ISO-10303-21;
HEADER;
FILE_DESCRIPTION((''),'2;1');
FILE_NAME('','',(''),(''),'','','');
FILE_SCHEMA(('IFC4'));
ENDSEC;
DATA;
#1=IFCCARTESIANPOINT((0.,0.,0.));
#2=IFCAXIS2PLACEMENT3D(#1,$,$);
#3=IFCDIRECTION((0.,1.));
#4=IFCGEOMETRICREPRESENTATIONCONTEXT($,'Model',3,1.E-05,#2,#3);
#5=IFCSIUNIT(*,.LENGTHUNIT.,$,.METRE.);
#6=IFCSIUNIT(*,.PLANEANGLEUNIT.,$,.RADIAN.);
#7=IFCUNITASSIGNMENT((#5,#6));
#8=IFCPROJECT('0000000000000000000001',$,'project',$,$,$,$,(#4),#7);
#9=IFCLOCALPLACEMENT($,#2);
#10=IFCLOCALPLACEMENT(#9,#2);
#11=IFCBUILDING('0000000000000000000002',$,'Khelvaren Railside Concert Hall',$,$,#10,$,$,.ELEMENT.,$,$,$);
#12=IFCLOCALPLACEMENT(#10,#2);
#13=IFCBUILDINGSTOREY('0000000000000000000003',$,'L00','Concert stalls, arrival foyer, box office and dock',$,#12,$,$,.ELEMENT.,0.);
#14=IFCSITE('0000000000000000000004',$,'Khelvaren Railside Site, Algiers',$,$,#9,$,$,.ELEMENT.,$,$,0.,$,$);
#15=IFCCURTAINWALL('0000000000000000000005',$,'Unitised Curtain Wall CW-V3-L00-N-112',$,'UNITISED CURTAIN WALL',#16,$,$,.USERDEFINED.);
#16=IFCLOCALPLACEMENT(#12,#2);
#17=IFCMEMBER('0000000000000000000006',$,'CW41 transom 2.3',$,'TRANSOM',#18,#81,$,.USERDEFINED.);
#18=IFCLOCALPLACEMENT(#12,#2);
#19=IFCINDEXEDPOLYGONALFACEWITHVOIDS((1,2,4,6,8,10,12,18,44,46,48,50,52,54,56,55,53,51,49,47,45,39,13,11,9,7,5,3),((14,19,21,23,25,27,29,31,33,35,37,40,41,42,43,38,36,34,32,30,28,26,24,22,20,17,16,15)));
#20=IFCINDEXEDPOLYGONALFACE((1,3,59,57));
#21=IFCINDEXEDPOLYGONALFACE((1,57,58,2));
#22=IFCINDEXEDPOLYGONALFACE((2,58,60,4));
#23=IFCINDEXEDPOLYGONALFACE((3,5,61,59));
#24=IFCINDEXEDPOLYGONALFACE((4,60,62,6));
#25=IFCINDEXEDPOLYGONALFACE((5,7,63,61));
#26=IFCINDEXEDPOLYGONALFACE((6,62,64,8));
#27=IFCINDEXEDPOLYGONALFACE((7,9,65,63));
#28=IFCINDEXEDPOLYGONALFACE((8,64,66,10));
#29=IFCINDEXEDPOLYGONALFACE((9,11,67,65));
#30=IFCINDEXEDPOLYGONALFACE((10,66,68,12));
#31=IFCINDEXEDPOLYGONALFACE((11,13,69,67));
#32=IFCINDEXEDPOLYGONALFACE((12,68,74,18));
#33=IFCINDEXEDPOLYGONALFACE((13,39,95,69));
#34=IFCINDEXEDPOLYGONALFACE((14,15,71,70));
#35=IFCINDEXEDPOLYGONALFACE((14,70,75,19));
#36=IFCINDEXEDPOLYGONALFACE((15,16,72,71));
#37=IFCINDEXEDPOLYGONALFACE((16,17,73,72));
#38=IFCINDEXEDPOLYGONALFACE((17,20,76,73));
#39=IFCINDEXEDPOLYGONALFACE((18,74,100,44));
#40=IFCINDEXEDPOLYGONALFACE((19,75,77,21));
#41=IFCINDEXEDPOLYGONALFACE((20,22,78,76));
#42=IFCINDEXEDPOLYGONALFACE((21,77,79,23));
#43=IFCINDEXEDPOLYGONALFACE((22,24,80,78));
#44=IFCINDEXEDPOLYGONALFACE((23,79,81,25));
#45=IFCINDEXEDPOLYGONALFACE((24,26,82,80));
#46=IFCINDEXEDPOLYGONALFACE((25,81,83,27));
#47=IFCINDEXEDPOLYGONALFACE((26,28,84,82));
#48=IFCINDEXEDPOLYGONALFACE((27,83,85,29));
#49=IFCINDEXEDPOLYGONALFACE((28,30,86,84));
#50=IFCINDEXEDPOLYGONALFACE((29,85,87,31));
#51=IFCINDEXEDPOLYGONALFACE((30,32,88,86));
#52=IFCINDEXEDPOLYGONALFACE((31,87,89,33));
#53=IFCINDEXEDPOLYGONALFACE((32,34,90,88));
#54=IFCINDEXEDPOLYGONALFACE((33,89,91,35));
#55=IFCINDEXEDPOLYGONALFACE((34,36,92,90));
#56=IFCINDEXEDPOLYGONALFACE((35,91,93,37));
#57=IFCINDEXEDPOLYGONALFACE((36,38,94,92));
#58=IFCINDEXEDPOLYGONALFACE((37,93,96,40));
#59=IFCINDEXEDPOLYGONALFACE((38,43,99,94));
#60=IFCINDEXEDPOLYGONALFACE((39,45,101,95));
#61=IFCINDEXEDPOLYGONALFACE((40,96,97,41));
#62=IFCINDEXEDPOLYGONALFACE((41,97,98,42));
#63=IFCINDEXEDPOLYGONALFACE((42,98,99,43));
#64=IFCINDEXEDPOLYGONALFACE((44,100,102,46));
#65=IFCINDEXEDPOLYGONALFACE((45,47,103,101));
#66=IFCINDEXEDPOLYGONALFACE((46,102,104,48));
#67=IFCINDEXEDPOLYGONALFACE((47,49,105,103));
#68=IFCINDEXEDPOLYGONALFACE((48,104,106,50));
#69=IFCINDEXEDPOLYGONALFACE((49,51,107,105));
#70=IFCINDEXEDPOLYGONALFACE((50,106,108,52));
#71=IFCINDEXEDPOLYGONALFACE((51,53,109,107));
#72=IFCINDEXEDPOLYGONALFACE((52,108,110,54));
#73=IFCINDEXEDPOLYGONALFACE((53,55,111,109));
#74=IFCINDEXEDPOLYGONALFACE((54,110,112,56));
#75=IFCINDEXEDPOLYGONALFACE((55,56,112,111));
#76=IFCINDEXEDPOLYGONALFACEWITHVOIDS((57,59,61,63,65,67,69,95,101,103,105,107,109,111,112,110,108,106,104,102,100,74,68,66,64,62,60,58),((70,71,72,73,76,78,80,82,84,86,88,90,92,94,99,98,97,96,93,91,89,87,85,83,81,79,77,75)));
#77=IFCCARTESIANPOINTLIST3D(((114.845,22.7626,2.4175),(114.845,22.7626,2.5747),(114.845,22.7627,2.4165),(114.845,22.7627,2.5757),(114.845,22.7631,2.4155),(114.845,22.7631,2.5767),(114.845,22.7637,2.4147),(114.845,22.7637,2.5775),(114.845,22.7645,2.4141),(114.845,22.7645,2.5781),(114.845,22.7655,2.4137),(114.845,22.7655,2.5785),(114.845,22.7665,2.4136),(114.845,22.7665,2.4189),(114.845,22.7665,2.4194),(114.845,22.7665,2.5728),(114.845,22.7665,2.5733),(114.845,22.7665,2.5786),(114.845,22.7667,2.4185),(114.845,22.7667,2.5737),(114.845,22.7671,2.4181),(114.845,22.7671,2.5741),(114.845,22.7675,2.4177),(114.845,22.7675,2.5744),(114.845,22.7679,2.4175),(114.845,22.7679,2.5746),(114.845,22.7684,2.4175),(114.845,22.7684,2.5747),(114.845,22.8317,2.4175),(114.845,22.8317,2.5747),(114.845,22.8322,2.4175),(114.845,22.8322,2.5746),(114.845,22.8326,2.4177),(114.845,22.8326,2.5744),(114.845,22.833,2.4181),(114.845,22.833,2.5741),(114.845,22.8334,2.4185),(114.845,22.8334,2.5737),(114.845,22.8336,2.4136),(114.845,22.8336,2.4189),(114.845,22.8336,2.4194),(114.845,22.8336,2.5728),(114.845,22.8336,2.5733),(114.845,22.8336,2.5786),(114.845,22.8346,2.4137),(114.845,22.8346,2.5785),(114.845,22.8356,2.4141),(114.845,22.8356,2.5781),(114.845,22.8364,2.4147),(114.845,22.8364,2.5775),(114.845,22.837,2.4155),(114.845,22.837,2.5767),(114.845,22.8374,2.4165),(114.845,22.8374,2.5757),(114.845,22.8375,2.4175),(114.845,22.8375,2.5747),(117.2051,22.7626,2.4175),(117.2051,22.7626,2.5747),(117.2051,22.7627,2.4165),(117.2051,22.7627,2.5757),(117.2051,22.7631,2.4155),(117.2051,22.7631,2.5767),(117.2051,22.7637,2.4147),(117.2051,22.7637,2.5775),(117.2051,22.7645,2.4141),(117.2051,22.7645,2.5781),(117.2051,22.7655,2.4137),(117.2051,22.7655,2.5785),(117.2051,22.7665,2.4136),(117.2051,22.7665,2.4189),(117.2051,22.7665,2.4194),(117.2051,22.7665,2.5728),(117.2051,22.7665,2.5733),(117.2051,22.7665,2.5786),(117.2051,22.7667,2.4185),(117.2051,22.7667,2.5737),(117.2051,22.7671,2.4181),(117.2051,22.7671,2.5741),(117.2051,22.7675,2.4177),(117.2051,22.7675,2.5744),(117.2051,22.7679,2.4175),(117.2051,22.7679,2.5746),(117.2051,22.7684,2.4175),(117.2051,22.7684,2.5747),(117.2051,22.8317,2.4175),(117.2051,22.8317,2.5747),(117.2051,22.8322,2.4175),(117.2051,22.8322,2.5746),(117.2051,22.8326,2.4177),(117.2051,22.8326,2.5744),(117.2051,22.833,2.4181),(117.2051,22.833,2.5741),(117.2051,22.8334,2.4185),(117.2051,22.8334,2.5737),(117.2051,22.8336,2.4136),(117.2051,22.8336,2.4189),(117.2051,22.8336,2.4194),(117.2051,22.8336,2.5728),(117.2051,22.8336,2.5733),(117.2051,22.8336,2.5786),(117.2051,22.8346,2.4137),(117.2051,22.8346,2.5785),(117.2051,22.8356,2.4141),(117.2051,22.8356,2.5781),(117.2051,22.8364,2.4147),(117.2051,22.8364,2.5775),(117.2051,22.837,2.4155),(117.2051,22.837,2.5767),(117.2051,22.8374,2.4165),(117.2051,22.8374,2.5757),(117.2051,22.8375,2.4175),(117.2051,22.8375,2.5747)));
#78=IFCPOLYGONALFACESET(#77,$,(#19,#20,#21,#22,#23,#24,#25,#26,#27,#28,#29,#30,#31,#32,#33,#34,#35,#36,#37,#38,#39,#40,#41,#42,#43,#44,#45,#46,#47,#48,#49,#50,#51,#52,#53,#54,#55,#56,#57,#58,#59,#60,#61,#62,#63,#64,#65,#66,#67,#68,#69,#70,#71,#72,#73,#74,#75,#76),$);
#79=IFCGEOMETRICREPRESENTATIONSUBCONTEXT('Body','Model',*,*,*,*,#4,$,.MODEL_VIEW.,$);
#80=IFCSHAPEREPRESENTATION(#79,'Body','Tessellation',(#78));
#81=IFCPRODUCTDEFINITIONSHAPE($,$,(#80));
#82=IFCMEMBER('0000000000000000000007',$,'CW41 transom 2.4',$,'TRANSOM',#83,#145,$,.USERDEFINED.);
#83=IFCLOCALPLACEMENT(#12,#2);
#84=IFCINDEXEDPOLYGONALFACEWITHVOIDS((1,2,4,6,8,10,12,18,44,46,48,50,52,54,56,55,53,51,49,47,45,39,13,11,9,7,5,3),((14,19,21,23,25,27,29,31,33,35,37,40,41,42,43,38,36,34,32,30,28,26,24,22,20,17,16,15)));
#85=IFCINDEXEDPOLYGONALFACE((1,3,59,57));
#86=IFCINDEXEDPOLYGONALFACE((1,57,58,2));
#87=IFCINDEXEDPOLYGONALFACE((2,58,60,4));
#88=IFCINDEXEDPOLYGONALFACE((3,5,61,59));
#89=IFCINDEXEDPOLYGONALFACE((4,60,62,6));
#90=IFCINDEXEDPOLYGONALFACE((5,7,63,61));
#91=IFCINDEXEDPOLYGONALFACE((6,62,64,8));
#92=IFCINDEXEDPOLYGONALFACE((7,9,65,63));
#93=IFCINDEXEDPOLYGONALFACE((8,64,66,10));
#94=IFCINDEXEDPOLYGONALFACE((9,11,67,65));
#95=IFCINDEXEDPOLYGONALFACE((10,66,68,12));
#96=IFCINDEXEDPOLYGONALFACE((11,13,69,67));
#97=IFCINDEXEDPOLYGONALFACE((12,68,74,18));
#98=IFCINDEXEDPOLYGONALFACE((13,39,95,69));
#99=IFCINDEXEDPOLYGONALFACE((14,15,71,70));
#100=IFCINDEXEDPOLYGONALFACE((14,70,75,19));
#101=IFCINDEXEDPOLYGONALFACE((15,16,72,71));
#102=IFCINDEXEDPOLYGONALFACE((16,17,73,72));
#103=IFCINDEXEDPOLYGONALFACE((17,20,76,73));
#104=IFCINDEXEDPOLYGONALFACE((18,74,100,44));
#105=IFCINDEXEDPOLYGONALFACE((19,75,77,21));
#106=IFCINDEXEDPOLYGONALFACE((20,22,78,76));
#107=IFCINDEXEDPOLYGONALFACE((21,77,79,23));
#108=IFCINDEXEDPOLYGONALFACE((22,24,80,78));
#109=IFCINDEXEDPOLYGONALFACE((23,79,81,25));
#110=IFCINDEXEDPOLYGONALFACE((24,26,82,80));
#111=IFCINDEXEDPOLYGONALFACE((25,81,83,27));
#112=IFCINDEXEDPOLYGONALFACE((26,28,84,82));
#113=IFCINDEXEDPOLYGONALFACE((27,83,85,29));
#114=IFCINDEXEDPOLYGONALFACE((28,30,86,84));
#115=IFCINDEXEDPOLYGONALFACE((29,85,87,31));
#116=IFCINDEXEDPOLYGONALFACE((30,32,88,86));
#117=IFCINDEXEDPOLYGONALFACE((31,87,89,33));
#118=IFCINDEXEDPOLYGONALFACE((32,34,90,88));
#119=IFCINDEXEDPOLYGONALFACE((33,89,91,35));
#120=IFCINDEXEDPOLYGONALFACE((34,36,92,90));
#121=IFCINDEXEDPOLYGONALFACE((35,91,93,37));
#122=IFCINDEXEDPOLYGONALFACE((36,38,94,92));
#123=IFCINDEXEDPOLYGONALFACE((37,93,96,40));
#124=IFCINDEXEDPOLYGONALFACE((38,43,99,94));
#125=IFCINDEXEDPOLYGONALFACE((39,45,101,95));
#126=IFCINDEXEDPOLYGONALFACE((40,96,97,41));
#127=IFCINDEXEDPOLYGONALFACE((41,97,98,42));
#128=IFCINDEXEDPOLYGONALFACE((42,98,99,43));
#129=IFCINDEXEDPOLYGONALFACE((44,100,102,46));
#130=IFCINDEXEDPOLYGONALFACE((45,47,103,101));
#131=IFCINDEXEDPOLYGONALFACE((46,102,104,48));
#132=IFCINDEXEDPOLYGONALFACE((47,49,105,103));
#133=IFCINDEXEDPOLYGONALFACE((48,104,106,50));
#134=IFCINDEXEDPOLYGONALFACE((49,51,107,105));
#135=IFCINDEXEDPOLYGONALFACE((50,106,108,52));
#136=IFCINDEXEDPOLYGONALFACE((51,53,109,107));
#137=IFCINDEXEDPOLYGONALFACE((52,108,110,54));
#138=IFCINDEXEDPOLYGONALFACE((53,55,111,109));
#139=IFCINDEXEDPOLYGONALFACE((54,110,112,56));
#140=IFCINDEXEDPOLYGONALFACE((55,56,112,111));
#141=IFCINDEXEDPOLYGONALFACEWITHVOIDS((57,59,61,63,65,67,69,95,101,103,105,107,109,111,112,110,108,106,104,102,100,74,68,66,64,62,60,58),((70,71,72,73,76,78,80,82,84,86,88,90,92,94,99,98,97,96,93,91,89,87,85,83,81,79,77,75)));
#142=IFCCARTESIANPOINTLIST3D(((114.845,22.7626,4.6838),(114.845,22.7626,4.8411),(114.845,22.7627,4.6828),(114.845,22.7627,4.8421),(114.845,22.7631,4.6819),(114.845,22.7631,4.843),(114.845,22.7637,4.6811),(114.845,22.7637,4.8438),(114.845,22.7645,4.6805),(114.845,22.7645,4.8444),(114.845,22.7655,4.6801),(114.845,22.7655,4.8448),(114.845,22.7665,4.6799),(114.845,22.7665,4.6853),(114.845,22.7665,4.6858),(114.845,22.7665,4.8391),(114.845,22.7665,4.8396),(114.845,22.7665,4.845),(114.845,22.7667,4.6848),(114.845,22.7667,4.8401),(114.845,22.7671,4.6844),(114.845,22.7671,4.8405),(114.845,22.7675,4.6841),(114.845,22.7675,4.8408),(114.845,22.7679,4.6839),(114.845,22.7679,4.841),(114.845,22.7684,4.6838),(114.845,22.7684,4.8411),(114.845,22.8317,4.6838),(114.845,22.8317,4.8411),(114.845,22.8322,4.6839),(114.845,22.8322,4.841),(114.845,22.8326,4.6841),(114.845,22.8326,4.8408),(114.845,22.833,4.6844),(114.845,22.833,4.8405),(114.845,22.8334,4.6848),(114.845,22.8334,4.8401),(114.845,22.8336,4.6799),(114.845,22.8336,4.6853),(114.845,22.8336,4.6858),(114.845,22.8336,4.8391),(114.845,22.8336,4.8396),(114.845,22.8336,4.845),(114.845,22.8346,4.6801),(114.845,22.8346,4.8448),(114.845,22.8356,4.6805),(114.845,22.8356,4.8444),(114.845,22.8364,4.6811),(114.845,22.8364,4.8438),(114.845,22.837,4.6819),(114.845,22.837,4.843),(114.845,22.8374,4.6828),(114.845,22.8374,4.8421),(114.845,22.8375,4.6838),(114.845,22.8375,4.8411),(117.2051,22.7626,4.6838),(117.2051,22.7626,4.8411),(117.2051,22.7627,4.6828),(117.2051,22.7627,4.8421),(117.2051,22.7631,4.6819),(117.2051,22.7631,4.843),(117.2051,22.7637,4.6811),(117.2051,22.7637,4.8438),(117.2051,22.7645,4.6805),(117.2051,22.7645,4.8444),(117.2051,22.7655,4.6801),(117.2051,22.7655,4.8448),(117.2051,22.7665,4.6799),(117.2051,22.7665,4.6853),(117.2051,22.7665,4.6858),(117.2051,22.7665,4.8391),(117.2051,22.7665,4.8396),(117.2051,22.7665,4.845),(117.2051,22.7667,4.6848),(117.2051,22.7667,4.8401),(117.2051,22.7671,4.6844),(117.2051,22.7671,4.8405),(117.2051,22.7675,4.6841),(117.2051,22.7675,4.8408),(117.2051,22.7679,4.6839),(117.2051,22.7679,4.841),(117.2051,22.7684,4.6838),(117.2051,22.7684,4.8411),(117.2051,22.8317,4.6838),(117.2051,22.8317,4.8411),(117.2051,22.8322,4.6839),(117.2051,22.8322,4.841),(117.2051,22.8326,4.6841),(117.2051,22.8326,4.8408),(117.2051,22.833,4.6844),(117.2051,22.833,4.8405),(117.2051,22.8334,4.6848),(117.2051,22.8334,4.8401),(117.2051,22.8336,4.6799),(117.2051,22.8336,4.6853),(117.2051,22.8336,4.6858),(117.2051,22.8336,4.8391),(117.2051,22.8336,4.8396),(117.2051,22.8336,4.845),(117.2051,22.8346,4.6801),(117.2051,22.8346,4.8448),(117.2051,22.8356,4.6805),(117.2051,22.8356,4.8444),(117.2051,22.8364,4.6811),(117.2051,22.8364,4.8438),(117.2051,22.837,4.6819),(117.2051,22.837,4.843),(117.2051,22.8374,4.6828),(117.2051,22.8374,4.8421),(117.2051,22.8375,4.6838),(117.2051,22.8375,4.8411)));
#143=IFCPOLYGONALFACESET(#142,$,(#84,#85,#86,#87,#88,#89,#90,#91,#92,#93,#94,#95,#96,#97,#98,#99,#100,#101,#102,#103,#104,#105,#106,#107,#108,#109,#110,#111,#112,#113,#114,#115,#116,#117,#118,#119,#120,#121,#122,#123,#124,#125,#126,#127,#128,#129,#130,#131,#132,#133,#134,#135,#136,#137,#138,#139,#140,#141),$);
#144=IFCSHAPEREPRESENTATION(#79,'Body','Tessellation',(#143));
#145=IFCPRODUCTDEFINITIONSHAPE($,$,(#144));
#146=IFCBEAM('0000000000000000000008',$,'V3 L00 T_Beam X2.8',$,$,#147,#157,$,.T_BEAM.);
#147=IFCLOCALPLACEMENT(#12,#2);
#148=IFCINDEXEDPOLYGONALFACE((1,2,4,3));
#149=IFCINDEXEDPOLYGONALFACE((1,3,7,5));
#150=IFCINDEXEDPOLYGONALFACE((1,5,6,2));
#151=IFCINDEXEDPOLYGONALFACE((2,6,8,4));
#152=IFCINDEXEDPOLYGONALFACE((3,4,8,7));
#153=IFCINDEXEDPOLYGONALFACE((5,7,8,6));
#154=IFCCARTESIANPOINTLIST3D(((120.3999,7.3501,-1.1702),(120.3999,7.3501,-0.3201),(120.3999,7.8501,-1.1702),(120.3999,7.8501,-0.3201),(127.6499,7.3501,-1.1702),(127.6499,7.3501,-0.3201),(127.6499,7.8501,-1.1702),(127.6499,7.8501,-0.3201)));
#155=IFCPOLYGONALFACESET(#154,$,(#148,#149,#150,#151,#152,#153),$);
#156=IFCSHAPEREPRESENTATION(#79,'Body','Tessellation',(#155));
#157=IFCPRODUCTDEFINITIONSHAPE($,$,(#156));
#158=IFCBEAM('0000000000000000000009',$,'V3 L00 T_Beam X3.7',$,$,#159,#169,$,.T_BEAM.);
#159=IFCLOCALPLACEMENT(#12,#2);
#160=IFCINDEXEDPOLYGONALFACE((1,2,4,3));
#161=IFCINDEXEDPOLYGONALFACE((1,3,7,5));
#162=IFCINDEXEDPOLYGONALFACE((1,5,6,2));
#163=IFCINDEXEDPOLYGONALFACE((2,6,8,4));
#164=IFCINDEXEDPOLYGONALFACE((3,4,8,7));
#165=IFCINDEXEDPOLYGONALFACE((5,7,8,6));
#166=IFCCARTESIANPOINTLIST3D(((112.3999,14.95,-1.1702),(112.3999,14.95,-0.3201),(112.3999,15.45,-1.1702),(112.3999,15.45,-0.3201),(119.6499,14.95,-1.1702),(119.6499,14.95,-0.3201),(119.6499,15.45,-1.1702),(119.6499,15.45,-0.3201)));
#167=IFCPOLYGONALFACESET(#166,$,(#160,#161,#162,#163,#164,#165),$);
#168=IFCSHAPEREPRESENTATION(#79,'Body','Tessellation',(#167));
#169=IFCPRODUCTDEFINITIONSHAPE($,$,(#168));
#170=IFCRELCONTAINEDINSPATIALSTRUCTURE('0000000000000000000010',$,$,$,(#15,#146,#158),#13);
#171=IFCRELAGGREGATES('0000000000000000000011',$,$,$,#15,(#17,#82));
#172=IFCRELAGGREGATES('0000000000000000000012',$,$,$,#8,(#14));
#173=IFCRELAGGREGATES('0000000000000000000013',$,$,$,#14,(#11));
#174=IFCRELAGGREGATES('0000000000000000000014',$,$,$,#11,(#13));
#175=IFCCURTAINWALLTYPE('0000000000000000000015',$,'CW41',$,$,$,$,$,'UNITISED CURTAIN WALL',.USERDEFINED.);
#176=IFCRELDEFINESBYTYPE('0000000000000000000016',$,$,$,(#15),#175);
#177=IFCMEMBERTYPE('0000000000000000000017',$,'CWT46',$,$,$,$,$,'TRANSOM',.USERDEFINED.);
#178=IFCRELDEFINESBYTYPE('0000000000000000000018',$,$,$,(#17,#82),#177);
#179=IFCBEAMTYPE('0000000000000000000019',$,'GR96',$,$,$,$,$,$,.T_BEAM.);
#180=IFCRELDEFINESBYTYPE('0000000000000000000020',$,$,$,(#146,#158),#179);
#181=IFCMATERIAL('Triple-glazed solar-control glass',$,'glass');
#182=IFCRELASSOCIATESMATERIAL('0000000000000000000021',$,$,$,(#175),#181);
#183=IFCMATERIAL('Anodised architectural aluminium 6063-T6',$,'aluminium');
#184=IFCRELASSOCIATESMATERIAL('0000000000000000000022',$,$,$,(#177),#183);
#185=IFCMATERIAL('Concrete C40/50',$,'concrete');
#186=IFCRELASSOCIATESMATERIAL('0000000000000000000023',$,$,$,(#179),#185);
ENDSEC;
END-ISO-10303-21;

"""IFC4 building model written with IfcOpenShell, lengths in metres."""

from ifc_helpers import new_model, si_unit, direction, frame, origin, origin_2d, place, context, subcontext, project, spatial, rectangle, hollow_rectangle, extrude, material, material_profile, profile_set, type_object, element, aggregate, save


model = new_model("IFC4")

# Units and contexts
model_context = context("Model", 3, precision=1e-05, world=origin(), true_north=direction((0.0, 1.0)))
body_context = subcontext(model_context, "Body", "Model", "MODEL_VIEW")
ifc_project = project(units=[si_unit("LENGTHUNIT", "METRE"), si_unit("PLANEANGLEUNIT", "RADIAN")], contexts=[model_context])

# Site, building, storey
site_placement = place(None, origin())
site = spatial("IfcSite", under=ifc_project, at=site_placement, Name="Khelvaren Railside Site, Algiers", CompositionType="ELEMENT", RefElevation=0.0)
building_placement = place(site_placement, origin())
building = spatial("IfcBuilding", under=site, at=building_placement, Name="Khelvaren Railside Concert Hall", CompositionType="ELEMENT")
storey_placement = place(building_placement, origin())
storey = spatial("IfcBuildingStorey", under=building, at=storey_placement, Name="L00", Description="Concert stalls, arrival foyer, box office and dock", CompositionType="ELEMENT", Elevation=0.0)

# Curtain wall, members
ifc_material_1 = material(Name="Triple-glazed solar-control glass", Category="glass")
curtain_wall_type = type_object("IfcCurtainWallType", Name="CW41", ElementType="UNITISED CURTAIN WALL", PredefinedType="USERDEFINED", material=ifc_material_1)
curtain_wall_placement = place(storey_placement, origin())
curtain_wall = element("IfcCurtainWall", 1, at=curtain_wall_placement, inside=storey, type_object=curtain_wall_type, Name="Unitised Curtain Wall CW-V3-L00-N-112", ObjectType="UNITISED CURTAIN WALL", PredefinedType="USERDEFINED")
ifc_material_2 = material(Name="Anodised architectural aluminium 6063-T6", Category="aluminium")
ifc_material_profile_1 = material_profile(ifc_material_2, hollow_rectangle(XDim=0.075, YDim=0.165, WallThickness=0.0039, InnerFilletRadius=0.002, OuterFilletRadius=0.0039, at=origin_2d()), Name="CWT 75x165x4")
ifc_profile_set_1 = profile_set([ifc_material_profile_1], Name="Anodised architectural aluminium 6063-T6")
member_type_1 = type_object("IfcMemberType", Name="CWT46", ElementType="TRANSOM", PredefinedType="USERDEFINED", material=ifc_profile_set_1)
member_1_placement = place(storey_placement, frame((114.845, 22.8, 2.4961), z_axis=(1.0, 0.0, 0.0), x_axis=(0.0, 1.0, 0.0)))
member_1 = element("IfcMember", 2, at=member_1_placement, type_object=member_type_1, Name="CW41 transom 2.3", ObjectType="TRANSOM", PredefinedType="USERDEFINED", context=body_context, shape_type="SweptSolid", body=[
    extrude(hollow_rectangle(XDim=0.075, YDim=0.165, WallThickness=0.0039, InnerFilletRadius=0.002, OuterFilletRadius=0.0039, at=origin_2d()), origin(), (0.0, 0.0, 1.0), 2.3601),
])
member_2_placement = place(storey_placement, frame((114.845, 22.8, 4.7625), z_axis=(1.0, 0.0, 0.0), x_axis=(0.0, 1.0, 0.0)))
member_2 = element("IfcMember", 3, at=member_2_placement, type_object=member_type_1, Name="CW41 transom 2.4", ObjectType="TRANSOM", PredefinedType="USERDEFINED", context=body_context, shape_type="SweptSolid", body=[
    extrude(hollow_rectangle(XDim=0.075, YDim=0.165, WallThickness=0.0039, InnerFilletRadius=0.002, OuterFilletRadius=0.0039, at=origin_2d()), origin(), (0.0, 0.0, 1.0), 2.3601),
])

# Beams
ifc_material_3 = material(Name="Concrete C40/50", Category="concrete")
ifc_material_profile_2 = material_profile(ifc_material_3, rectangle(XDim=0.5, YDim=0.8501, at=origin_2d()), Name="RCB 500x850")
ifc_profile_set_2 = profile_set([ifc_material_profile_2], Name="Concrete C40/50")
beam_type_1 = type_object("IfcBeamType", Name="GR96", PredefinedType="T_BEAM", material=ifc_profile_set_2)
for number, where, z_axis, x_axis, name in (
    (4, (120.3999, 7.6001, -0.7451), (1.0, 0.0, 0.0), (0.0, 1.0, 0.0), "V3 L00 T_Beam X2.8"),
    (5, (112.3999, 15.2, -0.7451), (1.0, 0.0, 0.0), (0.0, 1.0, 0.0), "V3 L00 T_Beam X3.7"),
):
    element("IfcBeam", number, at=place(storey_placement, frame(where, z_axis=z_axis, x_axis=x_axis)), inside=storey, type_object=beam_type_1, Name=name, PredefinedType="T_BEAM", context=body_context, shape_type="SweptSolid", body=[
        extrude(rectangle(XDim=0.5, YDim=0.8501, at=origin_2d()), origin(), (0.0, 0.0, 1.0), 7.25),
    ])

aggregate(curtain_wall, [member_1, member_2])

save(model, "model.ifc")
